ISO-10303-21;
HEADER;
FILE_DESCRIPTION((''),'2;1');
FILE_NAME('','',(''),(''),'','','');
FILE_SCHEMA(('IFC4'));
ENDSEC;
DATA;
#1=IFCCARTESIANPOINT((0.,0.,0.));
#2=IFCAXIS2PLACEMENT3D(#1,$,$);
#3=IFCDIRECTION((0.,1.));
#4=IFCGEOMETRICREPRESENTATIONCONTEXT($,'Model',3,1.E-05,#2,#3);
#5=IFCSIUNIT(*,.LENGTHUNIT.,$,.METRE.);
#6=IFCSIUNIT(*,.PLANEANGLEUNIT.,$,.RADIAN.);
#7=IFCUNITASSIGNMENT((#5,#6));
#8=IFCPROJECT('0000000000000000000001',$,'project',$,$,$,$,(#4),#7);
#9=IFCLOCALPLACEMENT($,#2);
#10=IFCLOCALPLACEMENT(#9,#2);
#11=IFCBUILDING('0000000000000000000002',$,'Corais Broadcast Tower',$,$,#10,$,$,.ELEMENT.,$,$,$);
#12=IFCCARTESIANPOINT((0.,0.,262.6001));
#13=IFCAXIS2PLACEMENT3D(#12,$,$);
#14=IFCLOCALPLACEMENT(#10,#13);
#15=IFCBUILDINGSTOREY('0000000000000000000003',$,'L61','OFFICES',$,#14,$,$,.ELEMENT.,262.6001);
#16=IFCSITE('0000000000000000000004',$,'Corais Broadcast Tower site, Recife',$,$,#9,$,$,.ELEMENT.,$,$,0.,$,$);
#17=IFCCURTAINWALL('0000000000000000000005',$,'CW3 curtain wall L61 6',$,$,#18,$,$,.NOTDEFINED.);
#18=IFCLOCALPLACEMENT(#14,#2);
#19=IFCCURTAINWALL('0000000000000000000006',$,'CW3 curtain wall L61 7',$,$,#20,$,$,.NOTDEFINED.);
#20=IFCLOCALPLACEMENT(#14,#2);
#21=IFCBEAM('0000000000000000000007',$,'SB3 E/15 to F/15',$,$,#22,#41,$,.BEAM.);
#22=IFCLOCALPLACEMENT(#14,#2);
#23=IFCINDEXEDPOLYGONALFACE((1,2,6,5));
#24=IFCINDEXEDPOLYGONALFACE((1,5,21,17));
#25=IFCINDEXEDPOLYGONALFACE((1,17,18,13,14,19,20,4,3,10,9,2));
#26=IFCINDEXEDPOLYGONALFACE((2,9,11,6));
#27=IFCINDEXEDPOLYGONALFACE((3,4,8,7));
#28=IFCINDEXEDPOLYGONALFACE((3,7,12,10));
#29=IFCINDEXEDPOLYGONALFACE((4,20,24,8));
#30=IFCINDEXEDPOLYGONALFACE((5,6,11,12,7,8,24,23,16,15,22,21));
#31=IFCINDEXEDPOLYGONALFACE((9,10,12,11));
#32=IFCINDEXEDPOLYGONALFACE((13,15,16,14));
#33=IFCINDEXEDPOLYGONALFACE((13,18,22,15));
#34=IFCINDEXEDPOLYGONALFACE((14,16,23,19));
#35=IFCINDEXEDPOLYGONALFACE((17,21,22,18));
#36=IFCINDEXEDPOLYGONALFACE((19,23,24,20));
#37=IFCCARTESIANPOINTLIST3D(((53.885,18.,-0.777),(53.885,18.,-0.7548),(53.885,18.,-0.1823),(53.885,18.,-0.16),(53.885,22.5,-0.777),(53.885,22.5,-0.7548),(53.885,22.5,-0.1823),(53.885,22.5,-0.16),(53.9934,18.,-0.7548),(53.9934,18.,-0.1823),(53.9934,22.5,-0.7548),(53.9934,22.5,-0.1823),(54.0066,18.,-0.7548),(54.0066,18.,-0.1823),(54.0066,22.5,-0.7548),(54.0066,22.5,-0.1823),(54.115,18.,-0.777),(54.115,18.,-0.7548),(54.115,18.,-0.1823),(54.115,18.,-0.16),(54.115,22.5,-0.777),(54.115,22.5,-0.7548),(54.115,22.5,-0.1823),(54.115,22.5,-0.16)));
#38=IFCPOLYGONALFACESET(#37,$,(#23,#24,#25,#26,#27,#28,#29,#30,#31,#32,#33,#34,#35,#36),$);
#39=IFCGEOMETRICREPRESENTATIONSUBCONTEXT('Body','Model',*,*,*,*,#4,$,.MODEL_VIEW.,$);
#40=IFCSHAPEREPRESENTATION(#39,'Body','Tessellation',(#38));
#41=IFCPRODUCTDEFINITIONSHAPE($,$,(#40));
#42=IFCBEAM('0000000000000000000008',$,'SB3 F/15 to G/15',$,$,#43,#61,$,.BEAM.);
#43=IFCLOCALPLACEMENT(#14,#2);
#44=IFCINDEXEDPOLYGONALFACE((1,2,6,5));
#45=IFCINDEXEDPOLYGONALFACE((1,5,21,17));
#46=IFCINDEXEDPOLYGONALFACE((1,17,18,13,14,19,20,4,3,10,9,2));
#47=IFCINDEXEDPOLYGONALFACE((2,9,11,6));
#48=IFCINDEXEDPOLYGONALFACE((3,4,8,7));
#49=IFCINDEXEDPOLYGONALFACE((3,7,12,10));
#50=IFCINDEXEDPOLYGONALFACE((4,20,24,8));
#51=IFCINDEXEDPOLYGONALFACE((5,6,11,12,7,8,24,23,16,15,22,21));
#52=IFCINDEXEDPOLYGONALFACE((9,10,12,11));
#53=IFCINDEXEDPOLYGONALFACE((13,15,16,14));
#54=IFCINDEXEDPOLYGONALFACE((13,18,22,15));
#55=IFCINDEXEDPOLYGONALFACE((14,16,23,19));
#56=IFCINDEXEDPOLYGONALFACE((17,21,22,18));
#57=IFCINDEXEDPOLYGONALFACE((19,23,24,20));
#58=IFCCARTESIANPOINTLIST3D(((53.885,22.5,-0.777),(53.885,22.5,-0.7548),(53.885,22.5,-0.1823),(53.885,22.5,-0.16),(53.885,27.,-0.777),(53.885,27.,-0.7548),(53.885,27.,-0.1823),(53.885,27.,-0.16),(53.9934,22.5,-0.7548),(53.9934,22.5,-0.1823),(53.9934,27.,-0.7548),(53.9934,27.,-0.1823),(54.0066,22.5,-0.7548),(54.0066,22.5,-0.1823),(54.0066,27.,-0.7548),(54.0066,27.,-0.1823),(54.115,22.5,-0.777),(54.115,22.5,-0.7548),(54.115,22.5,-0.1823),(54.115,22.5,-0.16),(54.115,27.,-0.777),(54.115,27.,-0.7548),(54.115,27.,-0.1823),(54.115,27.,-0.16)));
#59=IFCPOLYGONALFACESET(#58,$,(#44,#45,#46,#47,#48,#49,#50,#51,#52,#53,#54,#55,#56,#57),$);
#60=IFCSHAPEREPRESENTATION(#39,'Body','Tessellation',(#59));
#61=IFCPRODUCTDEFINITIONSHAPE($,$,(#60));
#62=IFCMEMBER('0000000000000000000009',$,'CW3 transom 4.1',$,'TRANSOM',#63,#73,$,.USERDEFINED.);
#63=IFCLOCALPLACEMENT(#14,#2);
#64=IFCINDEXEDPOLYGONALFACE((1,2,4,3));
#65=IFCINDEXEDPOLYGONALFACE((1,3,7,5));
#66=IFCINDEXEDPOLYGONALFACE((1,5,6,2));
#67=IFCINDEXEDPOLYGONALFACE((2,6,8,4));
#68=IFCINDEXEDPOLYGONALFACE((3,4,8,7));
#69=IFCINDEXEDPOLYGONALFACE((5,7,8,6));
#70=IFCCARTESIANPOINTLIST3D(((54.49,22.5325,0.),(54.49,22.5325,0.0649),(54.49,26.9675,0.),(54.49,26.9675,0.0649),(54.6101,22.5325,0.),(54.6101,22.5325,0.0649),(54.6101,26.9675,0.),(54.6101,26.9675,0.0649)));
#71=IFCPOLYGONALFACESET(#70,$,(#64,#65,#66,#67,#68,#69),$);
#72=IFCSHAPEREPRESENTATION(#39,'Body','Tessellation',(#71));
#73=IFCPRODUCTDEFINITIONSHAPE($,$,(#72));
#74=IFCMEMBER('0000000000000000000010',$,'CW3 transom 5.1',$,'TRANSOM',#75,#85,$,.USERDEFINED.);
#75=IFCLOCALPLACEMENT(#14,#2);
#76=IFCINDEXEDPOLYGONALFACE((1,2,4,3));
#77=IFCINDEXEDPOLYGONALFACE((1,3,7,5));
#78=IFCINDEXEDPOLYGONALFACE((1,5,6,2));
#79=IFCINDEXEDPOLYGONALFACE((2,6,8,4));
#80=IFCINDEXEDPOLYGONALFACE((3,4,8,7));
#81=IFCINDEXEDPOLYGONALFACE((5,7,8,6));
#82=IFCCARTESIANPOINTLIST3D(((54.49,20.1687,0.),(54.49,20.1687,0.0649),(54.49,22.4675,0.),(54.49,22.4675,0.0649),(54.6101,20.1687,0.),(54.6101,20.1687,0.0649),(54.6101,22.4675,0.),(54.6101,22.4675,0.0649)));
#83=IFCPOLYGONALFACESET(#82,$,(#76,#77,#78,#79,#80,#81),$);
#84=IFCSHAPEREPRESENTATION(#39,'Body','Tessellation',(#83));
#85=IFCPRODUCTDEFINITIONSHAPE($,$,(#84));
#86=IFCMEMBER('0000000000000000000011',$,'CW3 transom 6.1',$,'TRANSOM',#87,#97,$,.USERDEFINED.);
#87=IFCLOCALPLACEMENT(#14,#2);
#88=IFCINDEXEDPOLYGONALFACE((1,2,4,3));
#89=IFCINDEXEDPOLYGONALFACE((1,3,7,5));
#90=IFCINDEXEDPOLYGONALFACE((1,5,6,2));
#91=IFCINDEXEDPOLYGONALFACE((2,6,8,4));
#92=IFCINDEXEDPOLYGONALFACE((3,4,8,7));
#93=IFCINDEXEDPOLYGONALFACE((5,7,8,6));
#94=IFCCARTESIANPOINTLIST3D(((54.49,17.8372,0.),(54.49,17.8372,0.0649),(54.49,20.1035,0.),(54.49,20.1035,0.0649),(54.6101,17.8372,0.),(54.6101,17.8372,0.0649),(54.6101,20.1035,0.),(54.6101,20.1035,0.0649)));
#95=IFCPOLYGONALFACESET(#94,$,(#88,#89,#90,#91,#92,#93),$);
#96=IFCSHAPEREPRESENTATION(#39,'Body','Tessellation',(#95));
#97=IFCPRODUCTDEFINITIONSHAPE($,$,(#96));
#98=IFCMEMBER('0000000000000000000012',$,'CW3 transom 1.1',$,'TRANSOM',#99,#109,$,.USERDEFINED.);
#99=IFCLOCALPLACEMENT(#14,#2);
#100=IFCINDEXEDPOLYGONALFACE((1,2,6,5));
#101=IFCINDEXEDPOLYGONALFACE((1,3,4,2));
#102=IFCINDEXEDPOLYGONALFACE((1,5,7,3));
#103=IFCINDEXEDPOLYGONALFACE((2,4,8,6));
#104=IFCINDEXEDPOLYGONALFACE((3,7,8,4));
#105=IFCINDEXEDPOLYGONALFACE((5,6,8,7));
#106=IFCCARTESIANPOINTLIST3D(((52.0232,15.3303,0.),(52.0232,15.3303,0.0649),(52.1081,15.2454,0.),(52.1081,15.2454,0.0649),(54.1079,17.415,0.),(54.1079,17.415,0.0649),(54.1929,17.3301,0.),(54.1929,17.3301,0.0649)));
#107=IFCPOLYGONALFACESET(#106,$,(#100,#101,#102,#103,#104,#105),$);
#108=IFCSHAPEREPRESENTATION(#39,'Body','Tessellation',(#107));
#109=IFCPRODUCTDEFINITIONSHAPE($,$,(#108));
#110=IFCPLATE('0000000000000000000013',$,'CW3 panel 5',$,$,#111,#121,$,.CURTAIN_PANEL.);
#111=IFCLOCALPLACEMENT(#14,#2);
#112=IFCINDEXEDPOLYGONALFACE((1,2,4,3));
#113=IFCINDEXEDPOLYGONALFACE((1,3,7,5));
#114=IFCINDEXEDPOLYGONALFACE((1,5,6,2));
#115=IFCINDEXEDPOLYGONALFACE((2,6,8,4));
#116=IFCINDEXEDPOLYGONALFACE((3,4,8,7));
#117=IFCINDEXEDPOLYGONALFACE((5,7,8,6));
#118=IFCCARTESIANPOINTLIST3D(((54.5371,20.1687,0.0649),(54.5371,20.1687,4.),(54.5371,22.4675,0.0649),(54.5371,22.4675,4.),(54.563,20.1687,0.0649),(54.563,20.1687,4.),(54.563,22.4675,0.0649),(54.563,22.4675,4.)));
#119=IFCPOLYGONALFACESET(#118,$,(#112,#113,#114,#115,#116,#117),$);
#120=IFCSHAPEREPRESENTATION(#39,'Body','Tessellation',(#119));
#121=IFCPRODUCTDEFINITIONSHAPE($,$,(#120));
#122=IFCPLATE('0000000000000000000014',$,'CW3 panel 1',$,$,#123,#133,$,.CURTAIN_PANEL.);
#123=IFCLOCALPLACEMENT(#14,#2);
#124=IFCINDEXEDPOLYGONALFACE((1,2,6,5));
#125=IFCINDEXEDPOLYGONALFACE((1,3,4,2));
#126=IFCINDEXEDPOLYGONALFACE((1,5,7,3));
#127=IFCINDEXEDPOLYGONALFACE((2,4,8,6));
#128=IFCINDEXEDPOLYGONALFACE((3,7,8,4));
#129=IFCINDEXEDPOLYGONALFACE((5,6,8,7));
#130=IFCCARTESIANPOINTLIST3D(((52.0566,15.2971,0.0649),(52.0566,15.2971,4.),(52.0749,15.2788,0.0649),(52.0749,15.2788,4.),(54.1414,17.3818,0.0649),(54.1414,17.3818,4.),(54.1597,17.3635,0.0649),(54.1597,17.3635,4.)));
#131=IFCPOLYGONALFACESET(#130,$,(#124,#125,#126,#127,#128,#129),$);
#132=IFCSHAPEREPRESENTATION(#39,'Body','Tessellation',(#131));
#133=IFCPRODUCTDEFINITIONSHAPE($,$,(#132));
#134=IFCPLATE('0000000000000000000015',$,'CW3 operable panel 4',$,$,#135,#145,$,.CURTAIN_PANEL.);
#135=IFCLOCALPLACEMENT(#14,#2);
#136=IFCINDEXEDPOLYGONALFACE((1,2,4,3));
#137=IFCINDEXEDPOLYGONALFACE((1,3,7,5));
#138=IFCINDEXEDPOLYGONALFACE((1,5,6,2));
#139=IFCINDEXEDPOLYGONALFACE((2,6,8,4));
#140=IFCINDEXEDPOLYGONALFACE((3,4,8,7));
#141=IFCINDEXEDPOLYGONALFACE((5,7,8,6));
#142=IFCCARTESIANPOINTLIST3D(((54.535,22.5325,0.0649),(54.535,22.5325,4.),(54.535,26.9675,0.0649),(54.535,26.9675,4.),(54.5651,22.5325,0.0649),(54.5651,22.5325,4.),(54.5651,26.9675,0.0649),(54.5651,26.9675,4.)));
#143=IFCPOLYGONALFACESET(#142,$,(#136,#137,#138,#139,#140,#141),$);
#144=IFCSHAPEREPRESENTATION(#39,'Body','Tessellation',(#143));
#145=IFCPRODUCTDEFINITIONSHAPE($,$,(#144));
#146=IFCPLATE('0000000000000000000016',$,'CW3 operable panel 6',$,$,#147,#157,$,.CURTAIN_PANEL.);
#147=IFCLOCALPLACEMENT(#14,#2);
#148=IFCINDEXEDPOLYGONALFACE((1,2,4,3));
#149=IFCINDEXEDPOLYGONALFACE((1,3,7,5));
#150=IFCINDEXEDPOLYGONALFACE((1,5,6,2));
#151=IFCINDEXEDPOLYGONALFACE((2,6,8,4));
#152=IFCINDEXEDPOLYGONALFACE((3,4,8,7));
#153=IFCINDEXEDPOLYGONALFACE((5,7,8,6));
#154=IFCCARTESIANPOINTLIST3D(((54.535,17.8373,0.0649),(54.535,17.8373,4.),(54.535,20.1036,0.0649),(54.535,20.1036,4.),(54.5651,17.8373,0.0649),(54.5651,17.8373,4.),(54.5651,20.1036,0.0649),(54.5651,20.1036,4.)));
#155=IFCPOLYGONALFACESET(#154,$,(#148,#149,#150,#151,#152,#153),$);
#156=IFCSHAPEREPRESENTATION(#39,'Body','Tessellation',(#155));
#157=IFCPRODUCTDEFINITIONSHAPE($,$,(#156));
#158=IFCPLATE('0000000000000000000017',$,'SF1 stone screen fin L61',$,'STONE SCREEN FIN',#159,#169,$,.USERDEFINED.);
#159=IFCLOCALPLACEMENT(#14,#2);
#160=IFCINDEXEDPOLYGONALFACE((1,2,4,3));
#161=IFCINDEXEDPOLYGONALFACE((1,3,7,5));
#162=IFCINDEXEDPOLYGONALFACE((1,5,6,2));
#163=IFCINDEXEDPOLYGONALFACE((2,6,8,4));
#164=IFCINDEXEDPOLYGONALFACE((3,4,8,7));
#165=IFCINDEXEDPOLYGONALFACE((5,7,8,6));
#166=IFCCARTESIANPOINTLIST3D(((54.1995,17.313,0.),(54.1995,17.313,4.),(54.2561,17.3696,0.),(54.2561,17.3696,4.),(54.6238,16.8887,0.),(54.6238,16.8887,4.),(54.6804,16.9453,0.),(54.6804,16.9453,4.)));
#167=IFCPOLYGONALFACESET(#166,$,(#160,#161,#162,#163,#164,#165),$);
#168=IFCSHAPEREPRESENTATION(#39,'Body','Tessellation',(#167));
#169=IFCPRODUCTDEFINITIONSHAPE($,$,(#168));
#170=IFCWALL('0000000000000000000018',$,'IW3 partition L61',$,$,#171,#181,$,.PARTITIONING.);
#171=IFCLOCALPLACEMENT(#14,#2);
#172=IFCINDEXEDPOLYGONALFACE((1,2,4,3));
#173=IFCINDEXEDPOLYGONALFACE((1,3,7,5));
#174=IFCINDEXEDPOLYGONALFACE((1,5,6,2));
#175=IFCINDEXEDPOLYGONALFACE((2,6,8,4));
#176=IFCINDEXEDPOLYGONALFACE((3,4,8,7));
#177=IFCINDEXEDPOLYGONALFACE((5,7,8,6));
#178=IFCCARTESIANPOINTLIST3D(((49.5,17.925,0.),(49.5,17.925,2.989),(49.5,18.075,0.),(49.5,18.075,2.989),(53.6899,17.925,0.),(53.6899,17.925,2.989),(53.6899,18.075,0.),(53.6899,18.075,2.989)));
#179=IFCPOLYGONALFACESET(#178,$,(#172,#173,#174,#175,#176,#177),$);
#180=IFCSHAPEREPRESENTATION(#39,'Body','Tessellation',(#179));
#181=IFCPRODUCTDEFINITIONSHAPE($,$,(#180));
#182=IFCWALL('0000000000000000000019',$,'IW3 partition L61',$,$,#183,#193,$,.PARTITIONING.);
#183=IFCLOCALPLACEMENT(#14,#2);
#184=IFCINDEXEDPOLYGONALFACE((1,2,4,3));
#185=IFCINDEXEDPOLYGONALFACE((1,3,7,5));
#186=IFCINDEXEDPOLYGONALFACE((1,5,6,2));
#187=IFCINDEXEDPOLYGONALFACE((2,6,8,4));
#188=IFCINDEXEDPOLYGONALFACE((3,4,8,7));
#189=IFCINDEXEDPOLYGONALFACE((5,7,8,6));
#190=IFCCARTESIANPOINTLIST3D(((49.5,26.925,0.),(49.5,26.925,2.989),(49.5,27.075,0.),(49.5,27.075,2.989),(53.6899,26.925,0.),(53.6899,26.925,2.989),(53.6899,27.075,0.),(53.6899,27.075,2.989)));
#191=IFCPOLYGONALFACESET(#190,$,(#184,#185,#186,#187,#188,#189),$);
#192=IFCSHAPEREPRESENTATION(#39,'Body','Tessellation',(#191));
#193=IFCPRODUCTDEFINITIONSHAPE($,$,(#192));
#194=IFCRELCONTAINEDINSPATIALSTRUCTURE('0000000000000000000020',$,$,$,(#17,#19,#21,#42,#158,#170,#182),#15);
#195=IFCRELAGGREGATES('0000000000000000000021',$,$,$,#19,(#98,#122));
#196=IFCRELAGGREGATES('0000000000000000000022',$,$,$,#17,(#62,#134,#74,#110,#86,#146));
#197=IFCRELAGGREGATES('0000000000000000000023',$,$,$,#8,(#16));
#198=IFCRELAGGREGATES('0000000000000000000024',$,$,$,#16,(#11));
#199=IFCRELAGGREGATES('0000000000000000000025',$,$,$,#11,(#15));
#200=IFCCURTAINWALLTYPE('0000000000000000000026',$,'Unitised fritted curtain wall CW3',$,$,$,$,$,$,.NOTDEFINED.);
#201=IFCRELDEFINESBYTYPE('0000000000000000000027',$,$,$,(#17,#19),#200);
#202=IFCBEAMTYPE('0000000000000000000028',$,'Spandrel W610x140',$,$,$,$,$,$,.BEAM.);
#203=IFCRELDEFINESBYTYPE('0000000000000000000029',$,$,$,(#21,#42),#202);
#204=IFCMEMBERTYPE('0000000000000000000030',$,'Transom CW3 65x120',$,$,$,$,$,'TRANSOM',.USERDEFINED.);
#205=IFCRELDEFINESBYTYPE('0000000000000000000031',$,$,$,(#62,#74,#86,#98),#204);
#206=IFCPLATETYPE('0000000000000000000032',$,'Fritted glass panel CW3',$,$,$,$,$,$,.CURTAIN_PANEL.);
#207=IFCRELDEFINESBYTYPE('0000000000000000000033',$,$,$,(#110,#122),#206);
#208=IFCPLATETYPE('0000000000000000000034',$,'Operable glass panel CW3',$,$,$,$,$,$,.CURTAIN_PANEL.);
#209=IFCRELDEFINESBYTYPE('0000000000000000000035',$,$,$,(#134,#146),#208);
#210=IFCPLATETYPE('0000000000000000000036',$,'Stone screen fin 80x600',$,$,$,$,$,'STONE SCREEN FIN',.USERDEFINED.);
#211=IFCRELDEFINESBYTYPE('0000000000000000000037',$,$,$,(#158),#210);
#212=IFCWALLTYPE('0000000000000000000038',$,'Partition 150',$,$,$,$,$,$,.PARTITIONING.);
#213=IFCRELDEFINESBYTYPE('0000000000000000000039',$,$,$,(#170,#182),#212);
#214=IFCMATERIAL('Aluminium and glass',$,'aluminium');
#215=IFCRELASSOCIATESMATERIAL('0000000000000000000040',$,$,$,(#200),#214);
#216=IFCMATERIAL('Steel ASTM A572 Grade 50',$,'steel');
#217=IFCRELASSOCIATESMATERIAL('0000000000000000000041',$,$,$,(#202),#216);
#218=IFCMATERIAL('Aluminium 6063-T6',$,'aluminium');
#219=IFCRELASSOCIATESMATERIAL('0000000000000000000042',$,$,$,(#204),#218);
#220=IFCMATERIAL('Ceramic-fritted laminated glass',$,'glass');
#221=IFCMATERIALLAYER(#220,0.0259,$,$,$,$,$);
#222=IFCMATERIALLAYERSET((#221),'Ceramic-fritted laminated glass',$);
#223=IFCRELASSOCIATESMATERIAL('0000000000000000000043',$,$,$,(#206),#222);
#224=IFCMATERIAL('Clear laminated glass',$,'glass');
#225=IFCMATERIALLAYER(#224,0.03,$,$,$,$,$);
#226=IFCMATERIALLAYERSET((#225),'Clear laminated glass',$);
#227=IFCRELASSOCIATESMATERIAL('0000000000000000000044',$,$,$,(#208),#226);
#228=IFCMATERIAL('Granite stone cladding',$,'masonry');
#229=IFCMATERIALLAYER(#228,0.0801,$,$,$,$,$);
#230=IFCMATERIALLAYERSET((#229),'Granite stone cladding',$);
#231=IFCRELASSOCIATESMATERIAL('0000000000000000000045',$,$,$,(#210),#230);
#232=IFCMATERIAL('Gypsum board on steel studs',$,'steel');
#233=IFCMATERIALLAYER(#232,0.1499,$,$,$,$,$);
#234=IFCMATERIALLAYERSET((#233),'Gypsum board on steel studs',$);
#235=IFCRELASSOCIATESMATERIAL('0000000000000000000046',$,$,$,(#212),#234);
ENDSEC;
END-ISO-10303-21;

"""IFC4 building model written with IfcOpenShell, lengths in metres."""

from ifc_helpers import new_model, si_unit, direction, frame, frame_2d, origin, origin_2d, place, context, subcontext, project, spatial, rectangle, i_section, extrude, material, layer, layer_set, material_profile, profile_set, type_object, element, aggregate, save


model = new_model("IFC4")

# Units and contexts
model_context = context("Model", 3, precision=1e-05, world=origin(), true_north=direction((0.0, 1.0)))
body_context = subcontext(model_context, "Body", "Model", "MODEL_VIEW")
ifc_project = project(units=[si_unit("LENGTHUNIT", "METRE"), si_unit("PLANEANGLEUNIT", "RADIAN")], contexts=[model_context])

# Site, building, storey
site_placement = place(None, origin())
site = spatial("IfcSite", under=ifc_project, at=site_placement, Name="Corais Broadcast Tower site, Recife", CompositionType="ELEMENT", RefElevation=0.0)
building_placement = place(site_placement, origin())
building = spatial("IfcBuilding", under=site, at=building_placement, Name="Corais Broadcast Tower", CompositionType="ELEMENT")
storey_placement = place(building_placement, frame((0.0, 0.0, 262.6001)))
storey = spatial("IfcBuildingStorey", under=building, at=storey_placement, Name="L61", Description="OFFICES", CompositionType="ELEMENT", Elevation=262.6001)

# Curtain walls
ifc_material_1 = material(Name="Aluminium and glass", Category="aluminium")
curtain_wall_type = type_object("IfcCurtainWallType", Name="Unitised fritted curtain wall CW3", PredefinedType="NOTDEFINED", material=ifc_material_1)
curtain_wall_1_placement = place(storey_placement, origin())
curtain_wall_1 = element("IfcCurtainWall", 1, at=curtain_wall_1_placement, inside=storey, type_object=curtain_wall_type, Name="CW3 curtain wall L61 6", PredefinedType="NOTDEFINED")
curtain_wall_2_placement = place(storey_placement, origin())
curtain_wall_2 = element("IfcCurtainWall", 2, at=curtain_wall_2_placement, inside=storey, type_object=curtain_wall_type, Name="CW3 curtain wall L61 7", PredefinedType="NOTDEFINED")

# Beams
ifc_material_2 = material(Name="Steel ASTM A572 Grade 50", Category="steel")
ifc_material_profile_1 = material_profile(ifc_material_2, i_section(OverallWidth=0.23, OverallDepth=0.6169, WebThickness=0.0132, FlangeThickness=0.0222, at=origin_2d()), Name="W610x140")
ifc_profile_set_1 = profile_set([ifc_material_profile_1], Name="Steel ASTM A572 Grade 50")
beam_type_1 = type_object("IfcBeamType", Name="Spandrel W610x140", PredefinedType="BEAM", material=ifc_profile_set_1)
for number, where, z_axis, x_axis, name in (
    (3, (54.0, 18.0, -0.4685), (0.0, 1.0, 0.0), (-1.0, 0.0, 0.0), "SB3 E/15 to F/15"),
    (4, (54.0, 22.5, -0.4685), (0.0, 1.0, 0.0), (-1.0, 0.0, 0.0), "SB3 F/15 to G/15"),
):
    element("IfcBeam", number, at=place(storey_placement, frame(where, z_axis=z_axis, x_axis=x_axis)), inside=storey, type_object=beam_type_1, Name=name, PredefinedType="BEAM", context=body_context, shape_type="SweptSolid", body=[
        extrude(i_section(OverallWidth=0.23, OverallDepth=0.6169, WebThickness=0.0132, FlangeThickness=0.0222, at=origin_2d()), origin(), (0.0, 0.0, 1.0), 4.5),
    ])

# Members
ifc_material_3 = material(Name="Aluminium 6063-T6", Category="aluminium")
ifc_material_profile_2 = material_profile(ifc_material_3, rectangle(XDim=0.1201, YDim=0.0649, at=origin_2d()), Name="Transom CW3 65x120")
ifc_profile_set_2 = profile_set([ifc_material_profile_2], Name="Aluminium 6063-T6")
member_type_1 = type_object("IfcMemberType", Name="Transom CW3 65x120", ElementType="TRANSOM", PredefinedType="USERDEFINED", material=ifc_profile_set_2)
member_1_placement = place(storey_placement, frame((54.55, 26.9675, 0.0325), z_axis=(0.0, -1.0, 0.0), x_axis=(1.0, 0.0, 0.0)))
member_1 = element("IfcMember", 5, at=member_1_placement, type_object=member_type_1, Name="CW3 transom 4.1", ObjectType="TRANSOM", PredefinedType="USERDEFINED", context=body_context, shape_type="SweptSolid", body=[
    extrude(rectangle(XDim=0.1201, YDim=0.0649, at=origin_2d()), origin(), (0.0, 0.0, 1.0), 4.4351),
])
member_2_placement = place(storey_placement, frame((54.55, 22.4675, 0.0325), z_axis=(0.0, -1.0, 0.0), x_axis=(1.0, 0.0, 0.0)))
member_2 = element("IfcMember", 6, at=member_2_placement, type_object=member_type_1, Name="CW3 transom 5.1", ObjectType="TRANSOM", PredefinedType="USERDEFINED", context=body_context, shape_type="SweptSolid", body=[
    extrude(rectangle(XDim=0.1201, YDim=0.0649, at=origin_2d()), origin(), (0.0, 0.0, 1.0), 2.2988),
])
member_3_placement = place(storey_placement, frame((54.55, 20.1035, 0.0325), z_axis=(0.0, -1.0, 0.0), x_axis=(1.0, 0.0, 0.0)))
member_3 = element("IfcMember", 7, at=member_3_placement, type_object=member_type_1, Name="CW3 transom 6.1", ObjectType="TRANSOM", PredefinedType="USERDEFINED", context=body_context, shape_type="SweptSolid", body=[
    extrude(rectangle(XDim=0.1201, YDim=0.0649, at=origin_2d()), origin(), (0.0, 0.0, 1.0), 2.2664),
])
member_4_placement = place(storey_placement, frame((54.1504, 17.3726, 0.0325), z_axis=(-0.707107, -0.707107, 0.0), x_axis=(0.707107, -0.707107, 0.0)))
member_4 = element("IfcMember", 8, at=member_4_placement, type_object=member_type_1, Name="CW3 transom 1.1", ObjectType="TRANSOM", PredefinedType="USERDEFINED", context=body_context, shape_type="SweptSolid", body=[
    extrude(rectangle(XDim=0.1201, YDim=0.0649, at=origin_2d()), origin(), (0.0, 0.0, 1.0), 2.9482),
])

# Plates
ifc_material_4 = material(Name="Ceramic-fritted laminated glass", Category="glass")
ifc_layer_1 = layer(ifc_material_4, 0.0259)
ifc_layer_set_1 = layer_set([ifc_layer_1], Name="Ceramic-fritted laminated glass")
plate_type_1 = type_object("IfcPlateType", Name="Fritted glass panel CW3", PredefinedType="CURTAIN_PANEL", material=ifc_layer_set_1)
plate_1_placement = place(storey_placement, frame((54.55, 21.3181, 0.0649), z_axis=(0.0, 0.0, 1.0), x_axis=(0.0, -1.0, 0.0)))
plate_1 = element("IfcPlate", 9, at=plate_1_placement, type_object=plate_type_1, Name="CW3 panel 5", PredefinedType="CURTAIN_PANEL", context=body_context, shape_type="SweptSolid", body=[
    extrude(rectangle(XDim=2.2988, YDim=0.0259, at=origin_2d()), origin(), (0.0, 0.0, 1.0), 3.9351),
])
plate_2_placement = place(storey_placement, frame((53.1082, 16.3303, 0.0649), z_axis=(0.0, 0.0, 1.0), x_axis=(-0.707107, -0.707107, 0.0)))
plate_2 = element("IfcPlate", 10, at=plate_2_placement, type_object=plate_type_1, Name="CW3 panel 1", PredefinedType="CURTAIN_PANEL", context=body_context, shape_type="SweptSolid", body=[
    extrude(rectangle(XDim=2.9482, YDim=0.0259, at=origin_2d()), origin(), (0.0, 0.0, 1.0), 3.9351),
])
aggregate(curtain_wall_2, [member_4, plate_2])
ifc_material_5 = material(Name="Clear laminated glass", Category="glass")
ifc_layer_2 = layer(ifc_material_5, 0.03)
ifc_layer_set_2 = layer_set([ifc_layer_2], Name="Clear laminated glass")
plate_type_2 = type_object("IfcPlateType", Name="Operable glass panel CW3", PredefinedType="CURTAIN_PANEL", material=ifc_layer_set_2)
plate_3_placement = place(storey_placement, frame((54.55, 24.75, 0.0649), z_axis=(0.0, 0.0, 1.0), x_axis=(0.0, -1.0, 0.0)))
plate_3 = element("IfcPlate", 11, at=plate_3_placement, type_object=plate_type_2, Name="CW3 operable panel 4", PredefinedType="CURTAIN_PANEL", context=body_context, shape_type="SweptSolid", body=[
    extrude(rectangle(XDim=4.4351, YDim=0.03, at=origin_2d()), origin(), (0.0, 0.0, 1.0), 3.9351),
])
plate_4_placement = place(storey_placement, frame((54.55, 18.9705, 0.0649), z_axis=(0.0, 0.0, 1.0), x_axis=(0.0, -1.0, 0.0)))
plate_4 = element("IfcPlate", 12, at=plate_4_placement, type_object=plate_type_2, Name="CW3 operable panel 6", PredefinedType="CURTAIN_PANEL", context=body_context, shape_type="SweptSolid", body=[
    extrude(rectangle(XDim=2.2664, YDim=0.03, at=origin_2d()), origin(), (0.0, 0.0, 1.0), 3.9351),
])
aggregate(curtain_wall_1, [member_1, plate_3, member_2, plate_1, member_3, plate_4])
ifc_material_6 = material(Name="Granite stone cladding", Category="masonry")
ifc_layer_3 = layer(ifc_material_6, 0.0801)
ifc_layer_set_3 = layer_set([ifc_layer_3], Name="Granite stone cladding")
plate_type_3 = type_object("IfcPlateType", Name="Stone screen fin 80x600", ElementType="STONE SCREEN FIN", PredefinedType="USERDEFINED", material=ifc_layer_set_3)
plate_5_placement = place(storey_placement, frame((54.4399, 17.1292, 0.0), z_axis=(0.0, 0.0, 1.0), x_axis=(-0.707107, -0.707107, 0.0)))
element("IfcPlate", 13, at=plate_5_placement, inside=storey, type_object=plate_type_3, Name="SF1 stone screen fin L61", ObjectType="STONE SCREEN FIN", PredefinedType="USERDEFINED", context=body_context, shape_type="SweptSolid", body=[
    extrude(rectangle(XDim=0.0801, YDim=0.6001, at=origin_2d()), origin(), (0.0, 0.0, 1.0), 4.0),
])

# Walls
ifc_material_7 = material(Name="Gypsum board on steel studs", Category="steel")
ifc_layer_4 = layer(ifc_material_7, 0.1499)
ifc_layer_set_4 = layer_set([ifc_layer_4], Name="Gypsum board on steel studs")
wall_type = type_object("IfcWallType", Name="Partition 150", PredefinedType="PARTITIONING", material=ifc_layer_set_4)
for number, where, z_axis, x_axis, name in (
    (14, (49.5, 18.0, 0.0), (0.0, 0.0, 1.0), (1.0, 0.0, 0.0), "IW3 partition L61"),
    (15, (53.6899, 27.0, 0.0), (0.0, 0.0, 1.0), (-1.0, 0.0, 0.0), "IW3 partition L61"),
):
    element("IfcWall", number, at=place(storey_placement, frame(where, z_axis=z_axis, x_axis=x_axis)), inside=storey, type_object=wall_type, Name=name, PredefinedType="PARTITIONING", context=body_context, shape_type="SweptSolid", body=[
        extrude(rectangle(XDim=4.1899, YDim=0.1499, at=frame_2d((2.095, 0.0))), origin(), (0.0, 0.0, 1.0), 2.989),
    ])

save(model, "model.ifc")
